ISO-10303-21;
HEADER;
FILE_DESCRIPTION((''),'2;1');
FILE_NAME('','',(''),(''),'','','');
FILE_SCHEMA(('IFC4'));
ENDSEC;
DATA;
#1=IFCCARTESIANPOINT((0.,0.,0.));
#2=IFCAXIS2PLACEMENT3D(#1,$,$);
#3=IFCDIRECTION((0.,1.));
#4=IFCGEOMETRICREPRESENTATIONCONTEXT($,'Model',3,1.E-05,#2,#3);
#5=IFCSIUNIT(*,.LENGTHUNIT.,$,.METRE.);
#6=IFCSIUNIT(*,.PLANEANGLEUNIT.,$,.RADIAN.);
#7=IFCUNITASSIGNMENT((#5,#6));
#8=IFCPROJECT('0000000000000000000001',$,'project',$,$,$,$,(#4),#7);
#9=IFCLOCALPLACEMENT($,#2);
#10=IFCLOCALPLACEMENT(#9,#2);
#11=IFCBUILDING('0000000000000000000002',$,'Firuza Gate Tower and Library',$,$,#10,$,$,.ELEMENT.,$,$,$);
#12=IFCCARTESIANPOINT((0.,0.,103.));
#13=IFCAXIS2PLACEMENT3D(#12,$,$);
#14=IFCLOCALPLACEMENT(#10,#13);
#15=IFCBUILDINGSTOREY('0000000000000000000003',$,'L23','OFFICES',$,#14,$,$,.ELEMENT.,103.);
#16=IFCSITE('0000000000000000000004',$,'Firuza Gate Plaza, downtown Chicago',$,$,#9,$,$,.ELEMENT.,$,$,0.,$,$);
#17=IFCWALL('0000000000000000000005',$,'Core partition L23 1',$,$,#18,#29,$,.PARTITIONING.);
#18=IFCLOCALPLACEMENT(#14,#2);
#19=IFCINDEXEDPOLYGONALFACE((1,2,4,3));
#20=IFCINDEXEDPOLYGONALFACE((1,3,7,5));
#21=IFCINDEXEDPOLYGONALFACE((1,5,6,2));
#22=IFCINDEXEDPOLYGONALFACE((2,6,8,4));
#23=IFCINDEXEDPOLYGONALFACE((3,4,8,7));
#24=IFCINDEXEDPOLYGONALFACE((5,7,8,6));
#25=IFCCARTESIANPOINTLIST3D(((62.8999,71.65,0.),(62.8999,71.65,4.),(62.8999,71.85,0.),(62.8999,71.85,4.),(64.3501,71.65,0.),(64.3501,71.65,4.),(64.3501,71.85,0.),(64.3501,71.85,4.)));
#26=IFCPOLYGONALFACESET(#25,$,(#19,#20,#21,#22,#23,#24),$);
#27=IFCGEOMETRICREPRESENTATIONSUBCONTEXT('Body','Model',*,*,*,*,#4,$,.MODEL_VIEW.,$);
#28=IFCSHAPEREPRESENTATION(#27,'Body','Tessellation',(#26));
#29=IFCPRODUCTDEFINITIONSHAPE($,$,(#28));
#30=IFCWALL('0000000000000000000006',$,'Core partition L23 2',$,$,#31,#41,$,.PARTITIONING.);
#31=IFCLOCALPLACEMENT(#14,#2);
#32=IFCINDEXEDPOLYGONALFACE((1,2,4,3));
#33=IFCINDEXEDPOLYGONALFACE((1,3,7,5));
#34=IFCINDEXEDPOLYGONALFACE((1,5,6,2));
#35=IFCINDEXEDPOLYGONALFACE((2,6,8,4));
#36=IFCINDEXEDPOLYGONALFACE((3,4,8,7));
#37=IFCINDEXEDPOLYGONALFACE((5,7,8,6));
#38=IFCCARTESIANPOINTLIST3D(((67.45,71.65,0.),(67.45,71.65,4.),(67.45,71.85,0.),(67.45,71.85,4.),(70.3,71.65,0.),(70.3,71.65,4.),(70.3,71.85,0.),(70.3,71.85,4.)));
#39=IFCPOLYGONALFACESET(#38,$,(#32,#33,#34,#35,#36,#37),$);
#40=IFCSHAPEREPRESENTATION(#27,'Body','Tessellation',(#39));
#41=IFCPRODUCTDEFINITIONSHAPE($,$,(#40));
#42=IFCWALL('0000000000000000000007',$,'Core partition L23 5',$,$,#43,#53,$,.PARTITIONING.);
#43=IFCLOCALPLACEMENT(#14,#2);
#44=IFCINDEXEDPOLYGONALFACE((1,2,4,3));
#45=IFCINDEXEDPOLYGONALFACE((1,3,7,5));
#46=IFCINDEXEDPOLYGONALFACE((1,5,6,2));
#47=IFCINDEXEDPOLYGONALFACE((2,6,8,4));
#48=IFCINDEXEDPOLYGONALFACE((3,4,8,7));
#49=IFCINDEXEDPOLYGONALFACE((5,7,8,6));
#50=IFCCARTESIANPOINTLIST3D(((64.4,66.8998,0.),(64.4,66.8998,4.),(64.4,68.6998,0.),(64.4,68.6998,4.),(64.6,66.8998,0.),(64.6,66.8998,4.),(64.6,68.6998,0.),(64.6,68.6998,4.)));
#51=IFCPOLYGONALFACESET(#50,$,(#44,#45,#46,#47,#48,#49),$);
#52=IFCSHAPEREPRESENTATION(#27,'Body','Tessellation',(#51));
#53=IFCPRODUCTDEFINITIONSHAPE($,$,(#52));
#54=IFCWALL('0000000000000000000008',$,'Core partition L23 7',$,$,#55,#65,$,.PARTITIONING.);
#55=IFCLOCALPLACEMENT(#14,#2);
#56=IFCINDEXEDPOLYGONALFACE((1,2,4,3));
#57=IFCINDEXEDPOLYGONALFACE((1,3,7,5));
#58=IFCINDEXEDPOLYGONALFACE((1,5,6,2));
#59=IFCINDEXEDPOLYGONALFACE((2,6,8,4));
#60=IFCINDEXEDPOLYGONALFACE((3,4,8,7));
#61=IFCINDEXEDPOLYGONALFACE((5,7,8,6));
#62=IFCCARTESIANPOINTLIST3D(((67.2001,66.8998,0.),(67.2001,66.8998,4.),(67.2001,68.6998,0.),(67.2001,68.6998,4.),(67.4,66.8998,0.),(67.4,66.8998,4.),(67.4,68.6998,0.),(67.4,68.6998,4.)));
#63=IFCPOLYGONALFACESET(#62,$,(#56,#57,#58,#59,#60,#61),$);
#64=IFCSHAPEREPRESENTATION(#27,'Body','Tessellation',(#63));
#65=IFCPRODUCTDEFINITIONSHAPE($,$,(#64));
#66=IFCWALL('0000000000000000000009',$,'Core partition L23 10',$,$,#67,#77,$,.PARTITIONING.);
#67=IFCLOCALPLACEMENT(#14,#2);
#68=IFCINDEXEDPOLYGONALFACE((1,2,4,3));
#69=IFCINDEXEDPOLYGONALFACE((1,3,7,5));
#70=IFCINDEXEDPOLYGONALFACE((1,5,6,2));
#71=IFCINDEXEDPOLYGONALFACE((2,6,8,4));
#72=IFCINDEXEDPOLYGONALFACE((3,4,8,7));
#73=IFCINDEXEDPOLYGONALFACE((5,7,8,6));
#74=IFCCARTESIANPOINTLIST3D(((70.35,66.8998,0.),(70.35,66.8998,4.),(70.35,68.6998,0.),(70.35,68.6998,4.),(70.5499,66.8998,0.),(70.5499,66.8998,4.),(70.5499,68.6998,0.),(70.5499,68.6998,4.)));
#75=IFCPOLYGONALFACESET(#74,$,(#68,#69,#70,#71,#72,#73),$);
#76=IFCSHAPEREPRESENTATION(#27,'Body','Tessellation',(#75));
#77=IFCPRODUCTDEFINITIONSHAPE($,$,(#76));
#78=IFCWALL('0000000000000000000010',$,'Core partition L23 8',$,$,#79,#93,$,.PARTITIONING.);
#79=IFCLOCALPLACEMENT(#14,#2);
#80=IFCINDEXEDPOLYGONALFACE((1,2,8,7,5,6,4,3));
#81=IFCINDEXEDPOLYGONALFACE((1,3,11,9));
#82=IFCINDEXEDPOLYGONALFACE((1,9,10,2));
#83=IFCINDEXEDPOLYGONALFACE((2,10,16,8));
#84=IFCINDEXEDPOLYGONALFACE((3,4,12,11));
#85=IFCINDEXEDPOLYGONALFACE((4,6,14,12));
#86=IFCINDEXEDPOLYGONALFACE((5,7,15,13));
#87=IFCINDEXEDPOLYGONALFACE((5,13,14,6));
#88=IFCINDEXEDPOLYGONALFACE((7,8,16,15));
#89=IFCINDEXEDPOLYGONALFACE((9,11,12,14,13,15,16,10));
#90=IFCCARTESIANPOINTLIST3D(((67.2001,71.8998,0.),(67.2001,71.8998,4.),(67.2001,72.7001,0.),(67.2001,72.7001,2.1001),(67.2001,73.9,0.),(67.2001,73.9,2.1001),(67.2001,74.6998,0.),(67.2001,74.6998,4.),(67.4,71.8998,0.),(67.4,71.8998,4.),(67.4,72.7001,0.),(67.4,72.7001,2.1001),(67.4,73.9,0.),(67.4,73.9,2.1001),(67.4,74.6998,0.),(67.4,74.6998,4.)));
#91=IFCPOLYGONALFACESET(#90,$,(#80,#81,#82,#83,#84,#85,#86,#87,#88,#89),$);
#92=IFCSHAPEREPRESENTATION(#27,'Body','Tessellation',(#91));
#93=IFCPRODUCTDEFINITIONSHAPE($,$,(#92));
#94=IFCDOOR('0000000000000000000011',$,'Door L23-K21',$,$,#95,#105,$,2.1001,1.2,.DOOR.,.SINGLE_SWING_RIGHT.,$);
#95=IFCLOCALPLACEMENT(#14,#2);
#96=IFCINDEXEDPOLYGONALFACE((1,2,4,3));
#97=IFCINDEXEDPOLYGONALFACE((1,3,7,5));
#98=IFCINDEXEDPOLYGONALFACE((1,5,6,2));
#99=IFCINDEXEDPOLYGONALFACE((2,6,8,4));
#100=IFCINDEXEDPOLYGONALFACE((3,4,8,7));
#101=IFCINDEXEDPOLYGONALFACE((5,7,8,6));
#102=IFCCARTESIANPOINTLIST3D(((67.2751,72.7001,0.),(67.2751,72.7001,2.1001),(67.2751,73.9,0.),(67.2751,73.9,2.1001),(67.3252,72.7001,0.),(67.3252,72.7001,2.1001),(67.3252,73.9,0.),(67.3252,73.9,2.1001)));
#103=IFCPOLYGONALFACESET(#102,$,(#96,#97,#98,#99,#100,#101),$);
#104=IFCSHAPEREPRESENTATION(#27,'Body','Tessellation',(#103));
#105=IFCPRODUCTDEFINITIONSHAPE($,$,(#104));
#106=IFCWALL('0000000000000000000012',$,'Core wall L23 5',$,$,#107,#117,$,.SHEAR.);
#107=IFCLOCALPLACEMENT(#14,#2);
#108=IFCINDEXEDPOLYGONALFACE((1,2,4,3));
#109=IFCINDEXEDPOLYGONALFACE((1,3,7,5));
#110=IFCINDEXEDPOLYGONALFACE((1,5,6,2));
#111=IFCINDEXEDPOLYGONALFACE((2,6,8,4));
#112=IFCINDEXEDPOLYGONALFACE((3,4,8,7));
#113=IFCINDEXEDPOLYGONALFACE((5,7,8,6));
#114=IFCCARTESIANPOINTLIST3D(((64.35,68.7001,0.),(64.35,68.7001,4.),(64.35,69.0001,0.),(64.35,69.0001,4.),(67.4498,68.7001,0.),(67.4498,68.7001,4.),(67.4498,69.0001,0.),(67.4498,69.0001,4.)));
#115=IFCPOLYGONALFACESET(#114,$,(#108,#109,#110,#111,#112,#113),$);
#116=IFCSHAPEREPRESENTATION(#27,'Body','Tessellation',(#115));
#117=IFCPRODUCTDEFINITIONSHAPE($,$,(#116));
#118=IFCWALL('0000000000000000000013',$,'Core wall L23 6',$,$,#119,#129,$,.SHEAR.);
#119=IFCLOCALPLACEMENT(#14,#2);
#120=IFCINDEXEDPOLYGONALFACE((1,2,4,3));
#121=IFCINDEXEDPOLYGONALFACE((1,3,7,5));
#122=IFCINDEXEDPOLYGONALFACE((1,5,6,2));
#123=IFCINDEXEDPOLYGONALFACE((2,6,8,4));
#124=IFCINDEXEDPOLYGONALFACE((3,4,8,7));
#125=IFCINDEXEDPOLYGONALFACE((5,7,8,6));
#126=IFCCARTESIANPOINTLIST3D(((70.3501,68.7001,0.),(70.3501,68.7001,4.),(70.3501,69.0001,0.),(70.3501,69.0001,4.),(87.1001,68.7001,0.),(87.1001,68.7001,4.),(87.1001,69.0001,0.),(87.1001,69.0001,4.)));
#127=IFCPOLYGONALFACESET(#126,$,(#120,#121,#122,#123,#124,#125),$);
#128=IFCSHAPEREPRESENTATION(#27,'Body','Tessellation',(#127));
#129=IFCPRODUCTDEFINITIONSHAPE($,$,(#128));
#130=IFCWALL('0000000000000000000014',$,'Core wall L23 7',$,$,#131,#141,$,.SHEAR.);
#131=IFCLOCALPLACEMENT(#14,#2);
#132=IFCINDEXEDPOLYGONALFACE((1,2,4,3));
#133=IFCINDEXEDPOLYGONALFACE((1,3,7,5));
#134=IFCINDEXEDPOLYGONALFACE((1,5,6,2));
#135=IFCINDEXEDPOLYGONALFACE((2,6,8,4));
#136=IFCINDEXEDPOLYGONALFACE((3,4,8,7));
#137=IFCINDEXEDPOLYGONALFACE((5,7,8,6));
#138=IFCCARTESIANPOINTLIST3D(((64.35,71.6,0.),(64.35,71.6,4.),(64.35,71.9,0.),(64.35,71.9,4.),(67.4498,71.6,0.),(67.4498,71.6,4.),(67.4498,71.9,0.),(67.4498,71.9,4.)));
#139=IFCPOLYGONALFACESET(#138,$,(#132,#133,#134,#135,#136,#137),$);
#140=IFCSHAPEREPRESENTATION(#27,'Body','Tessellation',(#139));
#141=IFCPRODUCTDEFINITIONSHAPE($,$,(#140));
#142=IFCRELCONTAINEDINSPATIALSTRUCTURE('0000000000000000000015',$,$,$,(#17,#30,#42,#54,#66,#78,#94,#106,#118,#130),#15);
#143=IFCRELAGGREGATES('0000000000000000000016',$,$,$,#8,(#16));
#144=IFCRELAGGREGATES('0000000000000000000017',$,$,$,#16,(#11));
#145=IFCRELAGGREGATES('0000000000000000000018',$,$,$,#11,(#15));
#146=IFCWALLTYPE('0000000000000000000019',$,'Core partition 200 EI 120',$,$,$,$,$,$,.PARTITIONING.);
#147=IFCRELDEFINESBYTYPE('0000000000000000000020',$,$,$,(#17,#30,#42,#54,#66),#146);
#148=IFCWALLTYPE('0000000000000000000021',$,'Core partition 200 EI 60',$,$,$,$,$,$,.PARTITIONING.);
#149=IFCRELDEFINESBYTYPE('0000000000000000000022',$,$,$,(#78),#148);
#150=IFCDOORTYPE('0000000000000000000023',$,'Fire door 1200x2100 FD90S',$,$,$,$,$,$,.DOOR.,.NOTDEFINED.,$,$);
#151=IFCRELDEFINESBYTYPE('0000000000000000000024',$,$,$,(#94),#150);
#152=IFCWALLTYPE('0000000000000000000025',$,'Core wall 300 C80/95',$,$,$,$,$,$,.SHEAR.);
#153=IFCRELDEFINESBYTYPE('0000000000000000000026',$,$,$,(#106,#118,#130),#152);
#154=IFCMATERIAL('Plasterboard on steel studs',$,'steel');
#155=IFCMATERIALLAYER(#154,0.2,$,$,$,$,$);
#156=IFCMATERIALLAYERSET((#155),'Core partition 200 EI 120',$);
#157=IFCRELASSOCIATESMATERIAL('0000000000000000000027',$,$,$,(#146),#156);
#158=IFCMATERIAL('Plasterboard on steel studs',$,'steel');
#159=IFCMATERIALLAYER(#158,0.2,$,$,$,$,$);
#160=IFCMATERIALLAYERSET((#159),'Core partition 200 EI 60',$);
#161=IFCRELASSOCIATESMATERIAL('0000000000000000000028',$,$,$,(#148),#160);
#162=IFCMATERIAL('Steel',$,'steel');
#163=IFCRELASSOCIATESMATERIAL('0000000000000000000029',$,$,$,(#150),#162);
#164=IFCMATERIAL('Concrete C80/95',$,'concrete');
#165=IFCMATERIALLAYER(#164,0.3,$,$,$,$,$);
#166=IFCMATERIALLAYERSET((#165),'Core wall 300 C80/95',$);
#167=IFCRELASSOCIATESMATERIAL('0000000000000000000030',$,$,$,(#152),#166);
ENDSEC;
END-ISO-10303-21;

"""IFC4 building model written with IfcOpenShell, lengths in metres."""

from ifc_helpers import new_model, si_unit, direction, frame, frame_2d, origin, place, context, subcontext, project, spatial, rectangle, extrude, material, layer, layer_set, type_object, element, fill, save


model = new_model("IFC4")

# Units and contexts
model_context = context("Model", 3, precision=1e-05, world=origin(), true_north=direction((0.0, 1.0)))
body_context = subcontext(model_context, "Body", "Model", "MODEL_VIEW")
ifc_project = project(units=[si_unit("LENGTHUNIT", "METRE"), si_unit("PLANEANGLEUNIT", "RADIAN")], contexts=[model_context])

# Site, building, storey
site_placement = place(None, origin())
site = spatial("IfcSite", under=ifc_project, at=site_placement, Name="Firuza Gate Plaza, downtown Chicago", CompositionType="ELEMENT", RefElevation=0.0)
building_placement = place(site_placement, origin())
building = spatial("IfcBuilding", under=site, at=building_placement, Name="Firuza Gate Tower and Library", CompositionType="ELEMENT")
storey_placement = place(building_placement, frame((0.0, 0.0, 103.0)))
storey = spatial("IfcBuildingStorey", under=building, at=storey_placement, Name="L23", Description="OFFICES", CompositionType="ELEMENT", Elevation=103.0)

# Walls
ifc_material_1 = material(Name="Plasterboard on steel studs", Category="steel")
ifc_layer_1 = layer(ifc_material_1, 0.2)
ifc_layer_set_1 = layer_set([ifc_layer_1], Name="Core partition 200 EI 120")
wall_type_1 = type_object("IfcWallType", Name="Core partition 200 EI 120", PredefinedType="PARTITIONING", material=ifc_layer_set_1)
wall_1_placement = place(storey_placement, frame((62.8999, 71.75, 0.0), z_axis=(0.0, 0.0, 1.0), x_axis=(1.0, 0.0, 0.0)))
element("IfcWall", 1, at=wall_1_placement, inside=storey, type_object=wall_type_1, Name="Core partition L23 1", PredefinedType="PARTITIONING", context=body_context, shape_type="SweptSolid", body=[
    extrude(rectangle(XDim=1.4502, YDim=0.2, at=frame_2d((0.7251, 0.0))), origin(), (0.0, 0.0, 1.0), 4.0),
])
wall_2_placement = place(storey_placement, frame((67.45, 71.75, 0.0), z_axis=(0.0, 0.0, 1.0), x_axis=(1.0, 0.0, 0.0)))
element("IfcWall", 2, at=wall_2_placement, inside=storey, type_object=wall_type_1, Name="Core partition L23 2", PredefinedType="PARTITIONING", context=body_context, shape_type="SweptSolid", body=[
    extrude(rectangle(XDim=2.8501, YDim=0.2, at=frame_2d((1.425, 0.0))), origin(), (0.0, 0.0, 1.0), 4.0),
])
for number, where, z_axis, x_axis, name in (
    (3, (64.5, 66.8999, 0.0), (0.0, 0.0, 1.0), (0.0, 1.0, 0.0), "Core partition L23 5"),
    (4, (67.3, 66.8999, 0.0), (0.0, 0.0, 1.0), (0.0, 1.0, 0.0), "Core partition L23 7"),
    (5, (70.45, 66.8999, 0.0), (0.0, 0.0, 1.0), (0.0, 1.0, 0.0), "Core partition L23 10"),
):
    element("IfcWall", number, at=place(storey_placement, frame(where, z_axis=z_axis, x_axis=x_axis)), inside=storey, type_object=wall_type_1, Name=name, PredefinedType="PARTITIONING", context=body_context, shape_type="SweptSolid", body=[
        extrude(rectangle(XDim=1.8, YDim=0.2, at=frame_2d((0.8999, 0.0))), origin(), (0.0, 0.0, 1.0), 4.0),
    ])

# Wall, opening, door
ifc_material_2 = material(Name="Plasterboard on steel studs", Category="steel")
ifc_layer_2 = layer(ifc_material_2, 0.2)
ifc_layer_set_2 = layer_set([ifc_layer_2], Name="Core partition 200 EI 60")
wall_type_2 = type_object("IfcWallType", Name="Core partition 200 EI 60", PredefinedType="PARTITIONING", material=ifc_layer_set_2)
wall_3_placement = place(storey_placement, frame((67.3, 71.8999, 0.0), z_axis=(0.0, 0.0, 1.0), x_axis=(0.0, 1.0, 0.0)))
wall_3 = element("IfcWall", 6, at=wall_3_placement, inside=storey, type_object=wall_type_2, Name="Core partition L23 8", PredefinedType="PARTITIONING", context=body_context, shape_type="SweptSolid", body=[
    extrude(rectangle(XDim=2.8, YDim=0.2, at=frame_2d((1.3999, 0.0))), origin(), (0.0, 0.0, 1.0), 4.0),
])
opening_1_placement = place(wall_3_placement, frame((0.8, 0.0, 0.0)))
opening_1 = element("IfcOpeningElement", 7, at=opening_1_placement, cuts=wall_3, PredefinedType="OPENING", context=body_context, shape_type="SweptSolid", body=[
    extrude(rectangle(XDim=1.2, YDim=2.1001, at=frame_2d((0.6001, 1.05))), frame((0.0, 0.1099, 0.0), z_axis=(0.0, -1.0, 0.0), x_axis=(1.0, 0.0, 0.0)), (0.0, 0.0, 1.0), 0.22),
])
ifc_material_3 = material(Name="Steel", Category="steel")
door_type_1 = type_object("IfcDoorType", Name="Fire door 1200x2100 FD90S", OperationType="NOTDEFINED", PredefinedType="DOOR", material=ifc_material_3)
door_1_placement = place(opening_1_placement, origin())
door_1 = element("IfcDoor", 8, at=door_1_placement, inside=storey, type_object=door_type_1, Name="Door L23-K21", OperationType="SINGLE_SWING_RIGHT", OverallHeight=2.1001, OverallWidth=1.2, PredefinedType="DOOR", context=body_context, shape_type="SweptSolid", body=[
    extrude(rectangle(XDim=1.2, YDim=2.1001, at=frame_2d((0.6001, 1.05))), frame((0.0, 0.0249, 0.0), z_axis=(0.0, -1.0, 0.0), x_axis=(1.0, 0.0, 0.0)), (0.0, 0.0, 1.0), 0.05),
])
fill(opening_1, door_1)

# Walls
ifc_material_4 = material(Name="Concrete C80/95", Category="concrete")
ifc_layer_3 = layer(ifc_material_4, 0.3)
ifc_layer_set_3 = layer_set([ifc_layer_3], Name="Core wall 300 C80/95")
wall_type_3 = type_object("IfcWallType", Name="Core wall 300 C80/95", PredefinedType="SHEAR", material=ifc_layer_set_3)
wall_4_placement = place(storey_placement, frame((64.3501, 68.8501, 0.0), z_axis=(0.0, 0.0, 1.0), x_axis=(1.0, 0.0, 0.0)))
element("IfcWall", 9, at=wall_4_placement, inside=storey, type_object=wall_type_3, Name="Core wall L23 5", PredefinedType="SHEAR", context=body_context, shape_type="SweptSolid", body=[
    extrude(rectangle(XDim=3.0999, YDim=0.3, at=frame_2d((1.5498, 0.0))), origin(), (0.0, 0.0, 1.0), 4.0),
])
wall_5_placement = place(storey_placement, frame((70.3501, 68.8501, 0.0), z_axis=(0.0, 0.0, 1.0), x_axis=(1.0, 0.0, 0.0)))
element("IfcWall", 10, at=wall_5_placement, inside=storey, type_object=wall_type_3, Name="Core wall L23 6", PredefinedType="SHEAR", context=body_context, shape_type="SweptSolid", body=[
    extrude(rectangle(XDim=16.75, YDim=0.3, at=frame_2d((8.375, 0.0))), origin(), (0.0, 0.0, 1.0), 4.0),
])
wall_6_placement = place(storey_placement, frame((64.3501, 71.75, 0.0), z_axis=(0.0, 0.0, 1.0), x_axis=(1.0, 0.0, 0.0)))
element("IfcWall", 11, at=wall_6_placement, inside=storey, type_object=wall_type_3, Name="Core wall L23 7", PredefinedType="SHEAR", context=body_context, shape_type="SweptSolid", body=[
    extrude(rectangle(XDim=3.0999, YDim=0.3, at=frame_2d((1.5498, 0.0))), origin(), (0.0, 0.0, 1.0), 4.0),
])

save(model, "model.ifc")
